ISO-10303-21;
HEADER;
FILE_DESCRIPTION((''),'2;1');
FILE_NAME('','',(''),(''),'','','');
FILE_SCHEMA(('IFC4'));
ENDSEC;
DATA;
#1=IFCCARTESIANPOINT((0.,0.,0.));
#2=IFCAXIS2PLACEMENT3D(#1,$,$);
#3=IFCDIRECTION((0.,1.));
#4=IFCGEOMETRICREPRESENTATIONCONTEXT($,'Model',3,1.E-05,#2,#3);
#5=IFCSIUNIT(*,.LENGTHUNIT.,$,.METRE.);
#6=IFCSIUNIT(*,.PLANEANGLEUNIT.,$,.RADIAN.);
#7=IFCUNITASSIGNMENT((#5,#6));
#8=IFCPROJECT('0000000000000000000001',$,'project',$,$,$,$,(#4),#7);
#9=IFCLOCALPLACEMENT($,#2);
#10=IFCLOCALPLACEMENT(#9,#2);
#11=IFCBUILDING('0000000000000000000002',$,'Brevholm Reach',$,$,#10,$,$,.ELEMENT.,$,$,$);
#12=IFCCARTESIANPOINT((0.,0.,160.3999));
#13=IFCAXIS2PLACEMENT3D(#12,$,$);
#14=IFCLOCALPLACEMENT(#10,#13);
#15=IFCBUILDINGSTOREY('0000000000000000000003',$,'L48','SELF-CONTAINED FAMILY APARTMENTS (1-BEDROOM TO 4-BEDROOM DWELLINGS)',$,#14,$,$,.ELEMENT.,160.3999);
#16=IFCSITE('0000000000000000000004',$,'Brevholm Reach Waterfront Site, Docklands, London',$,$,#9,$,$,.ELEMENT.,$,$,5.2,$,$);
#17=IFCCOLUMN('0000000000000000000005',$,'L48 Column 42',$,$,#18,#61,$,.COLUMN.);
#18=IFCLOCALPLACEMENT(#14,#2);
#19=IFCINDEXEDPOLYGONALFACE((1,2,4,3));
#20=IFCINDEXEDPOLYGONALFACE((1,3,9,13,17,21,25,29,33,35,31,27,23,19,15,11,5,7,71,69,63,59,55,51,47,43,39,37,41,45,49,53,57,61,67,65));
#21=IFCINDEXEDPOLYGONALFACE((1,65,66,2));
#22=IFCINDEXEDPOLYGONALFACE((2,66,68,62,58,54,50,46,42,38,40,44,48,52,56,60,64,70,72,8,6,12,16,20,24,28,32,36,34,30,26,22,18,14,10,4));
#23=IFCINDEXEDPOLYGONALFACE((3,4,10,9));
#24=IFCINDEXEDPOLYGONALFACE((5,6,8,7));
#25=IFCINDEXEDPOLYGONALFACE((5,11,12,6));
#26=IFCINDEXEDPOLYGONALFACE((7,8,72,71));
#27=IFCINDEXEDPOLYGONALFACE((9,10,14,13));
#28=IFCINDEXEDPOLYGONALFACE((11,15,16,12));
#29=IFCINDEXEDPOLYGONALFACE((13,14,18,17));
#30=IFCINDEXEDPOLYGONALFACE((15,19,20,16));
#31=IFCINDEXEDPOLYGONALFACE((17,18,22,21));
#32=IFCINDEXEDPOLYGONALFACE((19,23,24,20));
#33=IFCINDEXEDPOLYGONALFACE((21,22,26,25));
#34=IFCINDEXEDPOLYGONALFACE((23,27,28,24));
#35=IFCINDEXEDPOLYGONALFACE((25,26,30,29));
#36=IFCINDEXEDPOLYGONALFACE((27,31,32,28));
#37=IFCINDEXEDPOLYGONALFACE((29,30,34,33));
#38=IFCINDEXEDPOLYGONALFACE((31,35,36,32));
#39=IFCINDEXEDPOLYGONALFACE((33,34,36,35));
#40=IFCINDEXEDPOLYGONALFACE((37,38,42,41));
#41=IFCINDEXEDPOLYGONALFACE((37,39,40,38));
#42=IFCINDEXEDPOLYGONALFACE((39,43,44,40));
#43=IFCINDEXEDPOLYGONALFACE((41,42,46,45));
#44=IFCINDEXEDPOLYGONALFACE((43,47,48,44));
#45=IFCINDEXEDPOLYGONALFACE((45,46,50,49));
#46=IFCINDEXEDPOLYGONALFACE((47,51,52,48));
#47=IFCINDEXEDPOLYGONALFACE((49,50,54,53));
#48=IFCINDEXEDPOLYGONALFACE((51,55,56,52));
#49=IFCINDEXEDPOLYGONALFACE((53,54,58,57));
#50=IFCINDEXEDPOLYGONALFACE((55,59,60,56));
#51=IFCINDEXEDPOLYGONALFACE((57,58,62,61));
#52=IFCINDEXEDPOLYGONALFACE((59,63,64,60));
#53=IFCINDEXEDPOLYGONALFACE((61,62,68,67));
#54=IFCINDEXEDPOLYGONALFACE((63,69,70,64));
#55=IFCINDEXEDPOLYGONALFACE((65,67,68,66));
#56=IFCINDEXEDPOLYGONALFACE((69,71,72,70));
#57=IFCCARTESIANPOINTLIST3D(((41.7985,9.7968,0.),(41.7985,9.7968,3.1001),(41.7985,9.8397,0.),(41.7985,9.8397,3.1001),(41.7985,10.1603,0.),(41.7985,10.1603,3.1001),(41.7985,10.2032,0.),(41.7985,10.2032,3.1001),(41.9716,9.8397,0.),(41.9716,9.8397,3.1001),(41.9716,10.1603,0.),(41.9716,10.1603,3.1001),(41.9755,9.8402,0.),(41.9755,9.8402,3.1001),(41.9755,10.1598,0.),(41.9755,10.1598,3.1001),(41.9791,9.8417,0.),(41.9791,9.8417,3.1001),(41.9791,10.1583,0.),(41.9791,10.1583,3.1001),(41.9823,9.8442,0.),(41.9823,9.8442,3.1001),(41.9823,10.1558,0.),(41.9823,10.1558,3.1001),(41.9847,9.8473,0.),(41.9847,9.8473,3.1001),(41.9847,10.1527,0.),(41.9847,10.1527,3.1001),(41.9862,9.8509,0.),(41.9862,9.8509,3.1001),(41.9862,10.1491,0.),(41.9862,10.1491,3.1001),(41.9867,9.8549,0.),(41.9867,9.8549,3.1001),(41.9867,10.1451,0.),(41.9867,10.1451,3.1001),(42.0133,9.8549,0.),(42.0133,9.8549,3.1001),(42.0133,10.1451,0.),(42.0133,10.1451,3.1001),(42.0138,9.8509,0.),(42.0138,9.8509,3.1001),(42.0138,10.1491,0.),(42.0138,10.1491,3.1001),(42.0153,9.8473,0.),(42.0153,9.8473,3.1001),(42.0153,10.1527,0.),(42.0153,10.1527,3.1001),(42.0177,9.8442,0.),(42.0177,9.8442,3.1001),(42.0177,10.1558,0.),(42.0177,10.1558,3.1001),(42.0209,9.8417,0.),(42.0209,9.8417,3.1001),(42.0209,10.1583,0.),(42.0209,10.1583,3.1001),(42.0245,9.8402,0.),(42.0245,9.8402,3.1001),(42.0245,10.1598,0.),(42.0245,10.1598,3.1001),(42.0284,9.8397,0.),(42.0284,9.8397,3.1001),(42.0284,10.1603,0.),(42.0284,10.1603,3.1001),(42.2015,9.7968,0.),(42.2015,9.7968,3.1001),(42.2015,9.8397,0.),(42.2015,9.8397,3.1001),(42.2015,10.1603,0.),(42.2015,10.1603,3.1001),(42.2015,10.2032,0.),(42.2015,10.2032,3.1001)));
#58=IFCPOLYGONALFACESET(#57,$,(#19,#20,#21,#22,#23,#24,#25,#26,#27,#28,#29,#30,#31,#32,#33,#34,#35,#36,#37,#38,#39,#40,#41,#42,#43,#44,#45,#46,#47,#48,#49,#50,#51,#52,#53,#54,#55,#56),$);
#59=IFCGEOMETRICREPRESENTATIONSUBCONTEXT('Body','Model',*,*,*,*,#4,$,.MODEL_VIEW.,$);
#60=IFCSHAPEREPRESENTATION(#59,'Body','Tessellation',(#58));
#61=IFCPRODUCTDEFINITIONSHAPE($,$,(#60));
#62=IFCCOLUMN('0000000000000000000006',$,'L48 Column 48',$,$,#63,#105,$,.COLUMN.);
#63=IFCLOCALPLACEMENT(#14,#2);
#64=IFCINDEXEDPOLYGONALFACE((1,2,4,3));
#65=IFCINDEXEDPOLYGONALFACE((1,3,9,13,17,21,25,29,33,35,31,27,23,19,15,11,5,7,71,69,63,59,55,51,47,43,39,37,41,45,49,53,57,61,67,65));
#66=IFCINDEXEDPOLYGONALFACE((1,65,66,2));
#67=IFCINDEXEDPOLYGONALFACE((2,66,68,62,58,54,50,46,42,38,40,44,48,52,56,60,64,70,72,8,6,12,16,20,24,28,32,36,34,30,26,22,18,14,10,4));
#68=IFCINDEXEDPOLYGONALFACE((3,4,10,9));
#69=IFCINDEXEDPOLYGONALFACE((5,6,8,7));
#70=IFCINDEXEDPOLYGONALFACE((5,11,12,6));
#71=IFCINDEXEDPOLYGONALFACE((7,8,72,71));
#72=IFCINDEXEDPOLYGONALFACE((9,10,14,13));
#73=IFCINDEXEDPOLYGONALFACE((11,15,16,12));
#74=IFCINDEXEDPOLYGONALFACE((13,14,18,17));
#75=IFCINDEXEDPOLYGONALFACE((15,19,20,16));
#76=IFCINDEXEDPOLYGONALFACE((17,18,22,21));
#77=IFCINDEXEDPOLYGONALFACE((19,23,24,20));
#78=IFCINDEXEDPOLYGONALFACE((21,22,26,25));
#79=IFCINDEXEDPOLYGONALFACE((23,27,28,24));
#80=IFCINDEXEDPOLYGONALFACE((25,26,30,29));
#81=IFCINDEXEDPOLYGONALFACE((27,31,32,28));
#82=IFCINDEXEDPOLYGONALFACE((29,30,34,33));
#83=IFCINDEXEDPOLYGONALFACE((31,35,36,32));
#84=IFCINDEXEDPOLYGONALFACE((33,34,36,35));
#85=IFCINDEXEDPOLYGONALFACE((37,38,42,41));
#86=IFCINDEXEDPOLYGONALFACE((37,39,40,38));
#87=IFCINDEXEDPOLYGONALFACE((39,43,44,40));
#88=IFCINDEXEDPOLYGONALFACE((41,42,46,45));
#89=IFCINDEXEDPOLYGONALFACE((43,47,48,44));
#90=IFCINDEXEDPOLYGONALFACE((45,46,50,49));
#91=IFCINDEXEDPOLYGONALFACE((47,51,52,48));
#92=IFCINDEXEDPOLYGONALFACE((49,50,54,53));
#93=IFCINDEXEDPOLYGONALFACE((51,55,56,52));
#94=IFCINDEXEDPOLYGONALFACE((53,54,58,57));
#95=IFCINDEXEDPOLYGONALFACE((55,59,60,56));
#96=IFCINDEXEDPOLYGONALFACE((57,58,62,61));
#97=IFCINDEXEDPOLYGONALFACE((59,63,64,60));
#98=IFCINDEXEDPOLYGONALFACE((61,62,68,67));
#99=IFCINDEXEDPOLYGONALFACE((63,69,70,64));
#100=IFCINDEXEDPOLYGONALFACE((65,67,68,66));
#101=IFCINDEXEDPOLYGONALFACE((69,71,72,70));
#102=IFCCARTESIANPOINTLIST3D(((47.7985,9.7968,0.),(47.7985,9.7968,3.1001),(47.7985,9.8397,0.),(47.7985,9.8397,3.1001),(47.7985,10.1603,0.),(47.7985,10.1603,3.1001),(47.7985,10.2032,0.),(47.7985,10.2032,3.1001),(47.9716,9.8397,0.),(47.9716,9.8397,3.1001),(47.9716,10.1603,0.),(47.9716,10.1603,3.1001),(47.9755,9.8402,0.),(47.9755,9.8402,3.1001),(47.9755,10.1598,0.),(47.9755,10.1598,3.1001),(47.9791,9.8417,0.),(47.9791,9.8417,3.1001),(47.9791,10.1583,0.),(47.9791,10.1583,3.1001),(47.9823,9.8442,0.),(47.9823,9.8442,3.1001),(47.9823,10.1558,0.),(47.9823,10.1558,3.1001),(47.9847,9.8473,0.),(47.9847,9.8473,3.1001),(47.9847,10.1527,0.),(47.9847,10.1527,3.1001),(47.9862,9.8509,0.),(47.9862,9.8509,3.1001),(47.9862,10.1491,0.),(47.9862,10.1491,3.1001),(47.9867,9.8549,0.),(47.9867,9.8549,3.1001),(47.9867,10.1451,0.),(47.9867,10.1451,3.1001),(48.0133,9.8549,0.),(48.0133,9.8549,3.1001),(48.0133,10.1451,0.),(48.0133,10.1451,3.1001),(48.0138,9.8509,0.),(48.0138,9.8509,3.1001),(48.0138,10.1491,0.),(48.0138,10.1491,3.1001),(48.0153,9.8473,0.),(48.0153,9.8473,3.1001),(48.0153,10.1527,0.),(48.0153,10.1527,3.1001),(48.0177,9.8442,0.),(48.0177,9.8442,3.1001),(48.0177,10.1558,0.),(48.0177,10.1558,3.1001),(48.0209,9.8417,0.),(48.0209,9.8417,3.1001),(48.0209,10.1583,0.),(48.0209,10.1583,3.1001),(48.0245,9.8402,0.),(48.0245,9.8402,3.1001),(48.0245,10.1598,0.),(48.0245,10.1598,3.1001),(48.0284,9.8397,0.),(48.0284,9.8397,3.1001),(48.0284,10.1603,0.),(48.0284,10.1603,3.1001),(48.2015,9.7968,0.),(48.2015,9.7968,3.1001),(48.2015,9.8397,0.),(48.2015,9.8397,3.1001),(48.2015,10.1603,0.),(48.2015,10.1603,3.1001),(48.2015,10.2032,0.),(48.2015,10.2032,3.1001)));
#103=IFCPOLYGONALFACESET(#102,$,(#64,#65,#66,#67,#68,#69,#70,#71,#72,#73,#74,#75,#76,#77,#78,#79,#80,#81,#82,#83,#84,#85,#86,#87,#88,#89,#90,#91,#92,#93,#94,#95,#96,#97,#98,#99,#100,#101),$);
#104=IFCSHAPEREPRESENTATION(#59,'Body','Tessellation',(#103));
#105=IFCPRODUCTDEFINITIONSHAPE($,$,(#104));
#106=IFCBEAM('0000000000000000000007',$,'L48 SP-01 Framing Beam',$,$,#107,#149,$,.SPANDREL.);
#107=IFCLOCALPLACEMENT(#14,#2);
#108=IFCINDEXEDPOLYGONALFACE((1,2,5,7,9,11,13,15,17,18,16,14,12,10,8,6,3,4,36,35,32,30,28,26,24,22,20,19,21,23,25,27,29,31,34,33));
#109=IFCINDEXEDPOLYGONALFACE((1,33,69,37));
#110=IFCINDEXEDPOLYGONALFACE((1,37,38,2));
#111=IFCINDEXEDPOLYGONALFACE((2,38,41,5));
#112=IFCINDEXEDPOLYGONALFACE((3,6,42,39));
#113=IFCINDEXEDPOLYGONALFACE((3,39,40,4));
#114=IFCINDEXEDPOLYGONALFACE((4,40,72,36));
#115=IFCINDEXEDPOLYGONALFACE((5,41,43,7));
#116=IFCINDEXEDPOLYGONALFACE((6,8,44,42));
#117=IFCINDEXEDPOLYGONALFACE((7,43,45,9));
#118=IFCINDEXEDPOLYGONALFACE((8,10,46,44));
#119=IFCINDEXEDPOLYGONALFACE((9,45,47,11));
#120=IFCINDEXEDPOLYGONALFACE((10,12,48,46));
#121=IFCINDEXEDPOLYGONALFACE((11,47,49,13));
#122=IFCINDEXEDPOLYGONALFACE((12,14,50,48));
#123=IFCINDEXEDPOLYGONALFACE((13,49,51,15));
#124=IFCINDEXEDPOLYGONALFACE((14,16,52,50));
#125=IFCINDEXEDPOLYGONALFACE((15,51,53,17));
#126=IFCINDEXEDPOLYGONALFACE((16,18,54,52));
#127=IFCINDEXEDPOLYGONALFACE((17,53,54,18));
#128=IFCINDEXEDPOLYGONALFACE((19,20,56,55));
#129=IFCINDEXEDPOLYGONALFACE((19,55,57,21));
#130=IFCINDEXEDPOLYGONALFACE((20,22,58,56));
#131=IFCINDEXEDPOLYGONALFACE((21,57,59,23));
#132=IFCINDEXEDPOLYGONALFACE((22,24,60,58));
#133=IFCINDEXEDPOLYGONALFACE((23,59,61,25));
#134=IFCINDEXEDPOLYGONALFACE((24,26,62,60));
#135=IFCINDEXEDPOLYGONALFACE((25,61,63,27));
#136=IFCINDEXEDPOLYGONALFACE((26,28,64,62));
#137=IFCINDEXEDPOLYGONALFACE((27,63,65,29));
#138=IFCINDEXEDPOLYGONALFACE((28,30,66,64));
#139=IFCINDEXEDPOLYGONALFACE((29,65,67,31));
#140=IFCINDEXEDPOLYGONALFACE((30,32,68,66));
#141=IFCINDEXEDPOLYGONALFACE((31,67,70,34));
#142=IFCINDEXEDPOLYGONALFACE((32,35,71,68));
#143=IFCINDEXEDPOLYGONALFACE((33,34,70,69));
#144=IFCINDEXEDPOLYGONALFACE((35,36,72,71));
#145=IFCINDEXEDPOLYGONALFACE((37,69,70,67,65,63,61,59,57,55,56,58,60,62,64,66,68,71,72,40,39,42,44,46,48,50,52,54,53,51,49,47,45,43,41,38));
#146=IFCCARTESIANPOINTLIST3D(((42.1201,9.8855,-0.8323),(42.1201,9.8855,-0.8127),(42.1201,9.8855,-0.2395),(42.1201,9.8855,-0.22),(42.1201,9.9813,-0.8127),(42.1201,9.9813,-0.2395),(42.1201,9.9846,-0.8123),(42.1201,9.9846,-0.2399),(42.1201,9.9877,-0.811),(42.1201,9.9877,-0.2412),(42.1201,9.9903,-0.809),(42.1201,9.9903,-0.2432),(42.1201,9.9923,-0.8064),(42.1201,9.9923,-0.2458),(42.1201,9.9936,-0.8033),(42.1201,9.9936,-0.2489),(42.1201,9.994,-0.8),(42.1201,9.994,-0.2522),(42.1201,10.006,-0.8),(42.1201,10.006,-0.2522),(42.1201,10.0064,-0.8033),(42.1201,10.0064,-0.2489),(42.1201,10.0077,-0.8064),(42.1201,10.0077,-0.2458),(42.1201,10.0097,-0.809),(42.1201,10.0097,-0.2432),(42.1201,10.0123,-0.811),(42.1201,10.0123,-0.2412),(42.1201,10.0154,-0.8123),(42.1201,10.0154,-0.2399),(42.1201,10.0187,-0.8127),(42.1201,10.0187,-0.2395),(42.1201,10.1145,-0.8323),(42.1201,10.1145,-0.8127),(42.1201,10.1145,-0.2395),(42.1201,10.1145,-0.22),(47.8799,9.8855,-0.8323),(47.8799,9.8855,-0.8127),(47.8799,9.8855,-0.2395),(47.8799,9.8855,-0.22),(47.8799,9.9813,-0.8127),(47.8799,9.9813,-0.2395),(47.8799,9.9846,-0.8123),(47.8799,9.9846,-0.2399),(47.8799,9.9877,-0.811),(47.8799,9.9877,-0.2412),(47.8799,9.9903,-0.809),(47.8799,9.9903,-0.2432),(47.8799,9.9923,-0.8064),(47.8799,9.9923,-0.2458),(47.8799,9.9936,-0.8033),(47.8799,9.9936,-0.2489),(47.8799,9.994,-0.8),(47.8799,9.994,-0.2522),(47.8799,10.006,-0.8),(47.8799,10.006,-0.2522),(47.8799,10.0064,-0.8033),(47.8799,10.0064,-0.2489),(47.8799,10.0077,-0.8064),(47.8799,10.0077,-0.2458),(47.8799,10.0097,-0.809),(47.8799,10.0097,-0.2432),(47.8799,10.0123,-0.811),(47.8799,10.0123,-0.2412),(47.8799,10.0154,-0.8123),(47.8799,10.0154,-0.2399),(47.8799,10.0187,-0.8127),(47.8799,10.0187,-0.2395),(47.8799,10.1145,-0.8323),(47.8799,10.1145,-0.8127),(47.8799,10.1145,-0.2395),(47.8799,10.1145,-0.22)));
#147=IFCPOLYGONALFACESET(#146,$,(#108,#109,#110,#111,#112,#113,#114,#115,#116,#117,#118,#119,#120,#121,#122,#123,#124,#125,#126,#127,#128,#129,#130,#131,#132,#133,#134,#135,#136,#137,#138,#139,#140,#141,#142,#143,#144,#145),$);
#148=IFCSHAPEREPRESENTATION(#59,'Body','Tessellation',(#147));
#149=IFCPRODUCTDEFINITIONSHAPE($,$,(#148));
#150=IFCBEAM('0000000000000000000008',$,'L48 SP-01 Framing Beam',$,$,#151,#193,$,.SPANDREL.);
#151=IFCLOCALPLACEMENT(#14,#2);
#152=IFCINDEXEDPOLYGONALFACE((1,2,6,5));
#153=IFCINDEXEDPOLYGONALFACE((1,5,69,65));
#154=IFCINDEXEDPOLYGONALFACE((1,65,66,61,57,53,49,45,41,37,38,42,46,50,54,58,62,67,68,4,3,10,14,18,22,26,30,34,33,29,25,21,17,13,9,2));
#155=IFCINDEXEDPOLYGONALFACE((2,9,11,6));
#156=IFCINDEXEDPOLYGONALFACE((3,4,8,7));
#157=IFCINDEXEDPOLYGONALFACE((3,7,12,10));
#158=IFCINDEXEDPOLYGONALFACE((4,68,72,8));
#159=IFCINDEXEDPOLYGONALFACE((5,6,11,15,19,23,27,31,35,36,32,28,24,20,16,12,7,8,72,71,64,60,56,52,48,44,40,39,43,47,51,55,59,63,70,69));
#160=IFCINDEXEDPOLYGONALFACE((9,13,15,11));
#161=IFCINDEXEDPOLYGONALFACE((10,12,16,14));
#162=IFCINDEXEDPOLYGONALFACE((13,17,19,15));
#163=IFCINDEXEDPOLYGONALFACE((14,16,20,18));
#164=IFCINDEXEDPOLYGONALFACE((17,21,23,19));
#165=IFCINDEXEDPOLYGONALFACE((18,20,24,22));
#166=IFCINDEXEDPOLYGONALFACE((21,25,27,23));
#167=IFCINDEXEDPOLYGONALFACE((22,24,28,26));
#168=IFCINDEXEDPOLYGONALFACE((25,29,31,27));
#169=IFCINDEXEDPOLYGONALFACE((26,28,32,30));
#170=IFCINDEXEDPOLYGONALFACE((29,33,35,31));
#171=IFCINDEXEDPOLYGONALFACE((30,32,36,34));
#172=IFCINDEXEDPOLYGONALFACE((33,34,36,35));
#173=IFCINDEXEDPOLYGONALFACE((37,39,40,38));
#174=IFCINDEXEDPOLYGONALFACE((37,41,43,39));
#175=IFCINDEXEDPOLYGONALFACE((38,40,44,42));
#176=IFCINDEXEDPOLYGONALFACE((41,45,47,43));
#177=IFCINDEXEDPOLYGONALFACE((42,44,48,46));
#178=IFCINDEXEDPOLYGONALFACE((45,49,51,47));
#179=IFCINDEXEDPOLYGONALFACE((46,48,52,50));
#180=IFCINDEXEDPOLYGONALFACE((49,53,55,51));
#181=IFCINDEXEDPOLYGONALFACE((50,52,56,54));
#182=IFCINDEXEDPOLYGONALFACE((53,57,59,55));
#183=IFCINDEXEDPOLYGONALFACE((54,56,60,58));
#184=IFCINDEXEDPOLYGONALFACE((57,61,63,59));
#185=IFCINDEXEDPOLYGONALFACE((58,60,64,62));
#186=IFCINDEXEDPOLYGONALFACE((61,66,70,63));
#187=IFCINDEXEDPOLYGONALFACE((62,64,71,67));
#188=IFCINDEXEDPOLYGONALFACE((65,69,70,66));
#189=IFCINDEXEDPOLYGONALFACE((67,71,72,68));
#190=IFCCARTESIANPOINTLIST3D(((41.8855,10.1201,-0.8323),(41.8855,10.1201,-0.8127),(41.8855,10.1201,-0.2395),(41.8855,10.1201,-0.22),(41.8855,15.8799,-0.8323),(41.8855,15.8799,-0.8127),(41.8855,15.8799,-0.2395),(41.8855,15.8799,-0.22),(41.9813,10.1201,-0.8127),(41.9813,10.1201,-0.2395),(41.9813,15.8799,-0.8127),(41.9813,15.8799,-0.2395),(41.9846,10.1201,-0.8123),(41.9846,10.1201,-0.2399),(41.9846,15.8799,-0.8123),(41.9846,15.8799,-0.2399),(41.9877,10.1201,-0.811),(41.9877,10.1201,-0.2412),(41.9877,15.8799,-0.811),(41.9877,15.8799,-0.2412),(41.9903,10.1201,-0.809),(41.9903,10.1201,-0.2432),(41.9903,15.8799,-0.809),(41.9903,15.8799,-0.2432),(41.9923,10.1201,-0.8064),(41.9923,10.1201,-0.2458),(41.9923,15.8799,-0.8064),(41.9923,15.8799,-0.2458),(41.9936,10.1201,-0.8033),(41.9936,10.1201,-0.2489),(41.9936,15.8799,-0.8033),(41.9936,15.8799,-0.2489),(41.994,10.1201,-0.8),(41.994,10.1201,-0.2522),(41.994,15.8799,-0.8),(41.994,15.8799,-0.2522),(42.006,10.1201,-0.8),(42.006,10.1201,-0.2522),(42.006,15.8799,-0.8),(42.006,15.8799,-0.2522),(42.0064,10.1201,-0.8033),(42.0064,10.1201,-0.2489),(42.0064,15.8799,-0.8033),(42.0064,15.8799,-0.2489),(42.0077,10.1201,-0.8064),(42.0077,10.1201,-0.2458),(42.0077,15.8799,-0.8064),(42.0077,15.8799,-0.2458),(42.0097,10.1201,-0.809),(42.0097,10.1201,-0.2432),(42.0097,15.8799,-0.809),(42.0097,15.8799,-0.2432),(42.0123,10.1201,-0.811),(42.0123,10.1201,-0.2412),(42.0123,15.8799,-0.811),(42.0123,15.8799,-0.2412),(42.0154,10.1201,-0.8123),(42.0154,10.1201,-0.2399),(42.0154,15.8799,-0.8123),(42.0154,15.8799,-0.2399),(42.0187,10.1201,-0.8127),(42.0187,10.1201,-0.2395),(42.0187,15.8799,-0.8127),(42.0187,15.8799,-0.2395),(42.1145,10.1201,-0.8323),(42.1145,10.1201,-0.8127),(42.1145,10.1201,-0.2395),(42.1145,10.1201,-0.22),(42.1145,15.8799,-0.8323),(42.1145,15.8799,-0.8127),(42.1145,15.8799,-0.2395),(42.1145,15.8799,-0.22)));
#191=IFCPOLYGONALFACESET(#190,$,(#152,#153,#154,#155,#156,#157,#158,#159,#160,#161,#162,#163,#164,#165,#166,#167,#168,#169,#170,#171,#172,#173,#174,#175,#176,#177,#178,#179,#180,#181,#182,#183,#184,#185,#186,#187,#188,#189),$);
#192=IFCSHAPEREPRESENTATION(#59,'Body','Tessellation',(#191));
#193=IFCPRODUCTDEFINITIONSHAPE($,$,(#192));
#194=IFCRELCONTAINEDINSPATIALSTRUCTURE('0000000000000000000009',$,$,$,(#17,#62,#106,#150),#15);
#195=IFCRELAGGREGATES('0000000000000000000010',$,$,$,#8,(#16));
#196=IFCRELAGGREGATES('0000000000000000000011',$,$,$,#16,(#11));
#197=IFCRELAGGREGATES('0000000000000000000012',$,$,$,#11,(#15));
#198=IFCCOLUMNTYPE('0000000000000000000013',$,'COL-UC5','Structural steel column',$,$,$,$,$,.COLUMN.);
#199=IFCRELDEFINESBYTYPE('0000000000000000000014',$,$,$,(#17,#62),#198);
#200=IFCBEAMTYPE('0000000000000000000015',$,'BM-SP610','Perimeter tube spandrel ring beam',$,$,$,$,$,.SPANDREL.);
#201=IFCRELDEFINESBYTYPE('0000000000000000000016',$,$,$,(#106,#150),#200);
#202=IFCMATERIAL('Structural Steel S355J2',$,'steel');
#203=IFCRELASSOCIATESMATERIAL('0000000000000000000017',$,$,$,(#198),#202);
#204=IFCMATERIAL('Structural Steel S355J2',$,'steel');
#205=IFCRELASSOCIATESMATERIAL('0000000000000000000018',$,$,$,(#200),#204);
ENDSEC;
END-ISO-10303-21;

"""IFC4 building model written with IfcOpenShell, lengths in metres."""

from ifc_helpers import new_model, si_unit, direction, frame, origin, origin_2d, place, context, subcontext, project, spatial, i_section, extrude, material, material_profile, profile_set, type_object, element, save


model = new_model("IFC4")

# Units and contexts
model_context = context("Model", 3, precision=1e-05, world=origin(), true_north=direction((0.0, 1.0)))
body_context = subcontext(model_context, "Body", "Model", "MODEL_VIEW")
ifc_project = project(units=[si_unit("LENGTHUNIT", "METRE"), si_unit("PLANEANGLEUNIT", "RADIAN")], contexts=[model_context])

# Site, building, storey
site_placement = place(None, origin())
site = spatial("IfcSite", under=ifc_project, at=site_placement, Name="Brevholm Reach Waterfront Site, Docklands, London", CompositionType="ELEMENT", RefElevation=5.2)
building_placement = place(site_placement, origin())
building = spatial("IfcBuilding", under=site, at=building_placement, Name="Brevholm Reach", CompositionType="ELEMENT")
storey_placement = place(building_placement, frame((0.0, 0.0, 160.3999)))
storey = spatial("IfcBuildingStorey", under=building, at=storey_placement, Name="L48", Description="SELF-CONTAINED FAMILY APARTMENTS (1-BEDROOM TO 4-BEDROOM DWELLINGS)", CompositionType="ELEMENT", Elevation=160.3999)

# Columns
ifc_material_1 = material(Name="Structural Steel S355J2", Category="steel")
ifc_material_profile_1 = material_profile(ifc_material_1, i_section(OverallWidth=0.4031, OverallDepth=0.4065, WebThickness=0.0266, FlangeThickness=0.043, FilletRadius=0.0151, at=origin_2d()), Name="UKC 356x406x340")
ifc_profile_set_1 = profile_set([ifc_material_profile_1], Name="Structural Steel S355J2")
column_type = type_object("IfcColumnType", Name="COL-UC5", Description="Structural steel column", PredefinedType="COLUMN", material=ifc_profile_set_1)
for number, where, z_axis, x_axis, name in (
    (1, (42.0, 10.0, 0.0), (0.0, 0.0, 1.0), (1.0, 0.0, 0.0), "L48 Column 42"),
    (2, (48.0, 10.0, 0.0), (0.0, 0.0, 1.0), (1.0, 0.0, 0.0), "L48 Column 48"),
):
    element("IfcColumn", number, at=place(storey_placement, frame(where, z_axis=z_axis, x_axis=x_axis)), inside=storey, type_object=column_type, Name=name, PredefinedType="COLUMN", context=body_context, shape_type="SweptSolid", body=[
        extrude(i_section(OverallWidth=0.4031, OverallDepth=0.4065, WebThickness=0.0266, FlangeThickness=0.043, FilletRadius=0.0151, at=origin_2d()), origin(), (0.0, 0.0, 1.0), 3.1001),
    ])

# Beams
ifc_material_2 = material(Name="Structural Steel S355J2", Category="steel")
ifc_material_profile_2 = material_profile(ifc_material_2, i_section(OverallWidth=0.229, OverallDepth=0.6123, WebThickness=0.012, FlangeThickness=0.0195, FilletRadius=0.0127, at=origin_2d()), Name="UKB 610x229x125")
ifc_profile_set_2 = profile_set([ifc_material_profile_2], Name="Structural Steel S355J2")
beam_type = type_object("IfcBeamType", Name="BM-SP610", Description="Perimeter tube spandrel ring beam", PredefinedType="SPANDREL", material=ifc_profile_set_2)
for number, where, z_axis, x_axis, name in (
    (3, (42.1201, 10.0, -0.5261), (1.0, 0.0, 0.0), (0.0, 1.0, 0.0), "L48 SP-01 Framing Beam"),
    (4, (42.0, 10.1201, -0.5261), (0.0, 1.0, 0.0), (-1.0, 0.0, 0.0), "L48 SP-01 Framing Beam"),
):
    element("IfcBeam", number, at=place(storey_placement, frame(where, z_axis=z_axis, x_axis=x_axis)), inside=storey, type_object=beam_type, Name=name, PredefinedType="SPANDREL", context=body_context, shape_type="SweptSolid", body=[
        extrude(i_section(OverallWidth=0.229, OverallDepth=0.6123, WebThickness=0.012, FlangeThickness=0.0195, FilletRadius=0.0127, at=origin_2d()), origin(), (0.0, 0.0, 1.0), 5.7598),
    ])

save(model, "model.ifc")
